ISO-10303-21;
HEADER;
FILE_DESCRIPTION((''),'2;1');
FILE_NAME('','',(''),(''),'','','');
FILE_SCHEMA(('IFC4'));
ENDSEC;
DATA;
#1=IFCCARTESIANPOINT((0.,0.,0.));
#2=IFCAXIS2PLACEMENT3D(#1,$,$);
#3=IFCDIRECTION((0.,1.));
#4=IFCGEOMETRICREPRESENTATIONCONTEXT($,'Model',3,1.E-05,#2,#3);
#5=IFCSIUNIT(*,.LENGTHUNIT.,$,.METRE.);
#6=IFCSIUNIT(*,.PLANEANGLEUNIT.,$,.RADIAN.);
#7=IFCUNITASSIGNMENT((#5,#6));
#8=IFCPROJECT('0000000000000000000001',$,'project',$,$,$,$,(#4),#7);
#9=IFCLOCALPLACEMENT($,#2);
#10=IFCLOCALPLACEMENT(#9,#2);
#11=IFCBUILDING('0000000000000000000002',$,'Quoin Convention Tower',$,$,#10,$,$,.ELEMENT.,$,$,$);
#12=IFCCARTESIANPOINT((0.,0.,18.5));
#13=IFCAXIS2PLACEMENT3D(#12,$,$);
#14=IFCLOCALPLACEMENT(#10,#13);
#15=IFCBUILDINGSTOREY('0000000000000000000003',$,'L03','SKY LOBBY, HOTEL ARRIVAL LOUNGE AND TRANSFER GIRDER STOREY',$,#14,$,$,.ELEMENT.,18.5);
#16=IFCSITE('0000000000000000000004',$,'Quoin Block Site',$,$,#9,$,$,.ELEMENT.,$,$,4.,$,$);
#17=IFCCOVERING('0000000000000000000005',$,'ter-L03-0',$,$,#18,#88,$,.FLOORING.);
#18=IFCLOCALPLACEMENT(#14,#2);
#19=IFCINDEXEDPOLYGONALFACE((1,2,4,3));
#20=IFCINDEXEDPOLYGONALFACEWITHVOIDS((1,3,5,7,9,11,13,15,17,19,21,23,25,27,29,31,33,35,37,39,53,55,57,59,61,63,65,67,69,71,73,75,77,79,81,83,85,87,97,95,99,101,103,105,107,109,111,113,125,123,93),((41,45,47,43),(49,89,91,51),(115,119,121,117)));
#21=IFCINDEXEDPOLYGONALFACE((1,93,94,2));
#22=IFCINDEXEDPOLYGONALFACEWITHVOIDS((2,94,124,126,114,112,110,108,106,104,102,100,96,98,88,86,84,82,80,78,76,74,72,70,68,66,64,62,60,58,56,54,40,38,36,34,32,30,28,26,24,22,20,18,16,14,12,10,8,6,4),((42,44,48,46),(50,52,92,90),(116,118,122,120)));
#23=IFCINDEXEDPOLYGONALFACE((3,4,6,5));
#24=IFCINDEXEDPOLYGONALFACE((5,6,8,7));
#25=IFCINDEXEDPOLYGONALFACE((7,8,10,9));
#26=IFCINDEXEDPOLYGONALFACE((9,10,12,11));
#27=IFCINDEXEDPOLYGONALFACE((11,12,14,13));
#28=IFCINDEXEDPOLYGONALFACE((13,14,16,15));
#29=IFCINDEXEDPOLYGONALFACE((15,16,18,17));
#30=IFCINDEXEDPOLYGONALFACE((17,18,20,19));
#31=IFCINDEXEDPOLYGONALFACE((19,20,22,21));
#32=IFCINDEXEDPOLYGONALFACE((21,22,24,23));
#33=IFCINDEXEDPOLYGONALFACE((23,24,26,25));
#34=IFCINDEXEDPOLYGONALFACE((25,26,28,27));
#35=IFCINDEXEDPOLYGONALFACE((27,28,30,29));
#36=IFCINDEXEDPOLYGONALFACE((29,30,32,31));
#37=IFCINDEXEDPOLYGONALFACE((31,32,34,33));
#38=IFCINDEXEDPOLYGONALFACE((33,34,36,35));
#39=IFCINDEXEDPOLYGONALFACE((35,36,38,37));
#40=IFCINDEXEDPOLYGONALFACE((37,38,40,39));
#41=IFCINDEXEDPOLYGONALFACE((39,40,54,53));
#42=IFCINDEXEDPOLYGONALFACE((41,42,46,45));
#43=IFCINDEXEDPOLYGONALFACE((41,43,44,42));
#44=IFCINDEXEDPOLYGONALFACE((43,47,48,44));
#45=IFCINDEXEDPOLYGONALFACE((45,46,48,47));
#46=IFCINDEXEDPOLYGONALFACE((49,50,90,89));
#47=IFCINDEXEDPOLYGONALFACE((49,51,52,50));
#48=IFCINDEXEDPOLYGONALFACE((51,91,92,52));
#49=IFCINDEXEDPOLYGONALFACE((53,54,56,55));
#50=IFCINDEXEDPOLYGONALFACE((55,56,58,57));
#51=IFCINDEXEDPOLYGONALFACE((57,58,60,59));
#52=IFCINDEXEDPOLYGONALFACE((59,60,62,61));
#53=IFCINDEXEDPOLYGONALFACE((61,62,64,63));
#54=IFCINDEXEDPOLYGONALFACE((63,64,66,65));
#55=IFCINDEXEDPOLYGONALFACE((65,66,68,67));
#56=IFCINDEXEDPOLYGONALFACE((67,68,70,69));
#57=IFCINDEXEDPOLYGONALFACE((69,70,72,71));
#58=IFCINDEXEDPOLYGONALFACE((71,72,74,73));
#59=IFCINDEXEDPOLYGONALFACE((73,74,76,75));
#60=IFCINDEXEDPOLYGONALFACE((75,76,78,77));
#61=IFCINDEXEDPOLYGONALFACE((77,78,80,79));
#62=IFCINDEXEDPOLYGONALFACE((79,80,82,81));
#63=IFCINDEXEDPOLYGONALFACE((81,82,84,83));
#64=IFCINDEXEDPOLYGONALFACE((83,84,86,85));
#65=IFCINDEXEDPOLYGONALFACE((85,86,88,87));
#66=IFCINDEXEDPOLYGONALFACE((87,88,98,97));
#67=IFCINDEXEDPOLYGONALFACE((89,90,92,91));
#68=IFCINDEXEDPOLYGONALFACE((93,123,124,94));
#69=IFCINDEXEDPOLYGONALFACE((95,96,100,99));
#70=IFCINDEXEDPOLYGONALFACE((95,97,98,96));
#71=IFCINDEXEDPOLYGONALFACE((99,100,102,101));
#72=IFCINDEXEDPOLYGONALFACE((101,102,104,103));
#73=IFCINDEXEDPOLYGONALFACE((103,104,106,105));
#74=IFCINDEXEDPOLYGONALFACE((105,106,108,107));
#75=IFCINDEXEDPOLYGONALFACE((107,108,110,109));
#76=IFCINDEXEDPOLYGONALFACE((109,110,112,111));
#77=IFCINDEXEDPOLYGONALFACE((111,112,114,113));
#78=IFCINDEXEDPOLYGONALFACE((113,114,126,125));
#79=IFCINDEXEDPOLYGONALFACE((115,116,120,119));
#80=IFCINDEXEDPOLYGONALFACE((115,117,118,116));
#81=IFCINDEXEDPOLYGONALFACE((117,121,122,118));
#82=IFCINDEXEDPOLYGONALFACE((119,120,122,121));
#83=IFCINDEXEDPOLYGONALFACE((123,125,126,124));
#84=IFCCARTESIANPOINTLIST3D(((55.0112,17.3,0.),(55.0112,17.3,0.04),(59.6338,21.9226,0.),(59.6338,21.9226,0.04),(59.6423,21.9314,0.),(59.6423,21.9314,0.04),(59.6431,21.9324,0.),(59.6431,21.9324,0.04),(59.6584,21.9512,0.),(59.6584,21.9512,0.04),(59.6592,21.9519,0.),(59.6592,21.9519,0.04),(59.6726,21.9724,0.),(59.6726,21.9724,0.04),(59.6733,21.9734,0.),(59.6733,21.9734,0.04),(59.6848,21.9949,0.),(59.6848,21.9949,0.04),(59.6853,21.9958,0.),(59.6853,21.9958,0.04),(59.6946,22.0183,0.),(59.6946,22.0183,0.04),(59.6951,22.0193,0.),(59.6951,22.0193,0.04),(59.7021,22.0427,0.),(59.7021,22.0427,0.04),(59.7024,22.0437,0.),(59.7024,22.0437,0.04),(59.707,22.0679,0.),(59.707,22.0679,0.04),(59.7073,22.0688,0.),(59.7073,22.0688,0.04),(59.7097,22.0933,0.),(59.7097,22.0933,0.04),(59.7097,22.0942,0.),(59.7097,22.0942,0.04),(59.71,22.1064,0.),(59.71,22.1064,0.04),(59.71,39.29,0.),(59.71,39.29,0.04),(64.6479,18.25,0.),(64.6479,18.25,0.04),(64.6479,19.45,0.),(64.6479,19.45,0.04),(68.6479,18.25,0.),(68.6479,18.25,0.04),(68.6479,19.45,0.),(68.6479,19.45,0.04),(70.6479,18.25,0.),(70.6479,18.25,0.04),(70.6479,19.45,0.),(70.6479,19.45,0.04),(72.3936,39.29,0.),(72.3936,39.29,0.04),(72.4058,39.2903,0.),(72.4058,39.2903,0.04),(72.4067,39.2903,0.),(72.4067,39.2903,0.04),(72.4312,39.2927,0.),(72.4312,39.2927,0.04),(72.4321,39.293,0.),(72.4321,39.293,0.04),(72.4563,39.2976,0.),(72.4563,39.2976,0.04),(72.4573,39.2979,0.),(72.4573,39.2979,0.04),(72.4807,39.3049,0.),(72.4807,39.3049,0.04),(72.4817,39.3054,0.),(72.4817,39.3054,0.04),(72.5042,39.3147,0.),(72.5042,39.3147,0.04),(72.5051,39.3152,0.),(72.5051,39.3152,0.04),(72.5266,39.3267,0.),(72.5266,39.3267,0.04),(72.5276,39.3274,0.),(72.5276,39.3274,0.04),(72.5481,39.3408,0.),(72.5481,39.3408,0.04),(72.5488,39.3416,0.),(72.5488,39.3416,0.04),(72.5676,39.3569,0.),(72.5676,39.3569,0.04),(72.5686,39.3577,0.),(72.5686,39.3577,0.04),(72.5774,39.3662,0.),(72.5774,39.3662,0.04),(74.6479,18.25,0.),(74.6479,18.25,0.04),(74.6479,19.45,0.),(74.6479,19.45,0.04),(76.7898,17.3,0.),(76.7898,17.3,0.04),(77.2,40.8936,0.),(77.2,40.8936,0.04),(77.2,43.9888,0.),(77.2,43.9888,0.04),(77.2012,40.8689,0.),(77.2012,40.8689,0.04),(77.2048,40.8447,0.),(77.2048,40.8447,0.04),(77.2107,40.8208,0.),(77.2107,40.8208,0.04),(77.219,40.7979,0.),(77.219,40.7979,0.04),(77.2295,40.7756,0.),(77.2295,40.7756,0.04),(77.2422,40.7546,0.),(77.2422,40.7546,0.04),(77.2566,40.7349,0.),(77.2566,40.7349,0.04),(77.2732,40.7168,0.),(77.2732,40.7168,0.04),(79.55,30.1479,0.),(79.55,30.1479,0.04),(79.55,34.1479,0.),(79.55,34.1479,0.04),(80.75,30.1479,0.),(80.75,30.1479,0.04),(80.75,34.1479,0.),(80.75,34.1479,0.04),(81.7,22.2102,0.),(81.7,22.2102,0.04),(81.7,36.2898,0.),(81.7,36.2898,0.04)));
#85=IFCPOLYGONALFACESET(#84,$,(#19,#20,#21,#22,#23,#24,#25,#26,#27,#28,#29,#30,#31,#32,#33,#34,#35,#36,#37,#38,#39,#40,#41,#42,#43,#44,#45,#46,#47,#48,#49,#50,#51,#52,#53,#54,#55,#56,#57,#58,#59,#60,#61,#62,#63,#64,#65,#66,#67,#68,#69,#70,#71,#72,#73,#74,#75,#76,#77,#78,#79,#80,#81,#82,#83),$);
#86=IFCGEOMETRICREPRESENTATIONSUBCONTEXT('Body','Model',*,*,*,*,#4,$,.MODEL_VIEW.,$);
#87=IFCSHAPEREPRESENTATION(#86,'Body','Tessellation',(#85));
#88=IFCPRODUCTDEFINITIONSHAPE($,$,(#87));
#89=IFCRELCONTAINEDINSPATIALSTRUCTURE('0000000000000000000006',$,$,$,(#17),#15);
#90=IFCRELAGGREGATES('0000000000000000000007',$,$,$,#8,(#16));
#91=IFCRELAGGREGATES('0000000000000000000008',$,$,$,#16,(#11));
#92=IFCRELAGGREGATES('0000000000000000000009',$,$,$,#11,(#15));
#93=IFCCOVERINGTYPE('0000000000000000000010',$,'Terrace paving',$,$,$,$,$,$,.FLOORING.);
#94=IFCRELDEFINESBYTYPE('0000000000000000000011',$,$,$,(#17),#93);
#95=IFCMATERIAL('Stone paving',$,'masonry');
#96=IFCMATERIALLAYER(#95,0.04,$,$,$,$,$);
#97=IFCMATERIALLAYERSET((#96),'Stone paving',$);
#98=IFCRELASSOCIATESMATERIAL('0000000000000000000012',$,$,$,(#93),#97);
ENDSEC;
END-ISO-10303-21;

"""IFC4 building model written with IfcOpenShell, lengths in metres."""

from ifc_helpers import new_model, si_unit, direction, frame, origin, place, context, subcontext, project, spatial, polyline, outline, extrude, material, layer, layer_set, type_object, element, save


model = new_model("IFC4")

# Units and contexts
model_context = context("Model", 3, precision=1e-05, world=origin(), true_north=direction((0.0, 1.0)))
body_context = subcontext(model_context, "Body", "Model", "MODEL_VIEW")
ifc_project = project(units=[si_unit("LENGTHUNIT", "METRE"), si_unit("PLANEANGLEUNIT", "RADIAN")], contexts=[model_context])

# Site, building, storey
site_placement = place(None, origin())
site = spatial("IfcSite", under=ifc_project, at=site_placement, Name="Quoin Block Site", CompositionType="ELEMENT", RefElevation=4.0)
building_placement = place(site_placement, origin())
building = spatial("IfcBuilding", under=site, at=building_placement, Name="Quoin Convention Tower", CompositionType="ELEMENT")
storey_placement = place(building_placement, frame((0.0, 0.0, 18.5)))
storey = spatial("IfcBuildingStorey", under=building, at=storey_placement, Name="L03", Description="SKY LOBBY, HOTEL ARRIVAL LOUNGE AND TRANSFER GIRDER STOREY", CompositionType="ELEMENT", Elevation=18.5)

# Covering
ifc_material_1 = material(Name="Stone paving", Category="masonry")
ifc_layer_1 = layer(ifc_material_1, 0.04)
ifc_layer_set_1 = layer_set([ifc_layer_1], Name="Stone paving")
covering_type = type_object("IfcCoveringType", Name="Terrace paving", PredefinedType="FLOORING", material=ifc_layer_set_1)
covering_placement = place(storey_placement, origin())
element("IfcCovering", 1, at=covering_placement, inside=storey, type_object=covering_type, Name="ter-L03-0", PredefinedType="FLOORING", context=body_context, shape_type="SweptSolid", body=[
    extrude(outline(polyline([(77.2012, 40.8689), (77.2048, 40.8447), (77.2107, 40.8208), (77.219, 40.7979), (77.2295, 40.7756), (77.2422, 40.7546), (77.2566, 40.7349), (77.2732, 40.7168), (81.7, 36.2898), (81.7, 22.2102), (76.7898, 17.3), (55.0112, 17.3), (59.6338, 21.9226), (59.6423, 21.9314), (59.6431, 21.9324), (59.6584, 21.9512), (59.6592, 21.9519), (59.6726, 21.9724), (59.6733, 21.9734), (59.6848, 21.9949), (59.6853, 21.9958), (59.6946, 22.0183), (59.6951, 22.0193), (59.7021, 22.0427), (59.7024, 22.0437), (59.707, 22.0679), (59.7073, 22.0688), (59.7097, 22.0933), (59.7097, 22.0942), (59.71, 22.1064), (59.71, 39.29), (72.3936, 39.29), (72.4058, 39.2903), (72.4067, 39.2903), (72.4312, 39.2927), (72.4321, 39.293), (72.4563, 39.2976), (72.4573, 39.2979), (72.4807, 39.3049), (72.4817, 39.3054), (72.5042, 39.3147), (72.5051, 39.3152), (72.5266, 39.3267), (72.5276, 39.3274), (72.5481, 39.3408), (72.5488, 39.3416), (72.5676, 39.3569), (72.5686, 39.3577), (72.5774, 39.3662), (77.2, 43.9888), (77.2, 40.8936), (77.2012, 40.8689)]), holes=[polyline([(79.55, 30.1479), (80.75, 30.1479), (80.75, 34.1479), (79.55, 34.1479), (79.55, 30.1479)]), polyline([(70.6479, 19.45), (70.6479, 18.25), (74.6479, 18.25), (74.6479, 19.45), (70.6479, 19.45)]), polyline([(64.6479, 18.25), (68.6479, 18.25), (68.6479, 19.45), (64.6479, 19.45), (64.6479, 18.25)])]), origin(), (0.0, 0.0, 1.0), 0.04),
])

save(model, "model.ifc")
